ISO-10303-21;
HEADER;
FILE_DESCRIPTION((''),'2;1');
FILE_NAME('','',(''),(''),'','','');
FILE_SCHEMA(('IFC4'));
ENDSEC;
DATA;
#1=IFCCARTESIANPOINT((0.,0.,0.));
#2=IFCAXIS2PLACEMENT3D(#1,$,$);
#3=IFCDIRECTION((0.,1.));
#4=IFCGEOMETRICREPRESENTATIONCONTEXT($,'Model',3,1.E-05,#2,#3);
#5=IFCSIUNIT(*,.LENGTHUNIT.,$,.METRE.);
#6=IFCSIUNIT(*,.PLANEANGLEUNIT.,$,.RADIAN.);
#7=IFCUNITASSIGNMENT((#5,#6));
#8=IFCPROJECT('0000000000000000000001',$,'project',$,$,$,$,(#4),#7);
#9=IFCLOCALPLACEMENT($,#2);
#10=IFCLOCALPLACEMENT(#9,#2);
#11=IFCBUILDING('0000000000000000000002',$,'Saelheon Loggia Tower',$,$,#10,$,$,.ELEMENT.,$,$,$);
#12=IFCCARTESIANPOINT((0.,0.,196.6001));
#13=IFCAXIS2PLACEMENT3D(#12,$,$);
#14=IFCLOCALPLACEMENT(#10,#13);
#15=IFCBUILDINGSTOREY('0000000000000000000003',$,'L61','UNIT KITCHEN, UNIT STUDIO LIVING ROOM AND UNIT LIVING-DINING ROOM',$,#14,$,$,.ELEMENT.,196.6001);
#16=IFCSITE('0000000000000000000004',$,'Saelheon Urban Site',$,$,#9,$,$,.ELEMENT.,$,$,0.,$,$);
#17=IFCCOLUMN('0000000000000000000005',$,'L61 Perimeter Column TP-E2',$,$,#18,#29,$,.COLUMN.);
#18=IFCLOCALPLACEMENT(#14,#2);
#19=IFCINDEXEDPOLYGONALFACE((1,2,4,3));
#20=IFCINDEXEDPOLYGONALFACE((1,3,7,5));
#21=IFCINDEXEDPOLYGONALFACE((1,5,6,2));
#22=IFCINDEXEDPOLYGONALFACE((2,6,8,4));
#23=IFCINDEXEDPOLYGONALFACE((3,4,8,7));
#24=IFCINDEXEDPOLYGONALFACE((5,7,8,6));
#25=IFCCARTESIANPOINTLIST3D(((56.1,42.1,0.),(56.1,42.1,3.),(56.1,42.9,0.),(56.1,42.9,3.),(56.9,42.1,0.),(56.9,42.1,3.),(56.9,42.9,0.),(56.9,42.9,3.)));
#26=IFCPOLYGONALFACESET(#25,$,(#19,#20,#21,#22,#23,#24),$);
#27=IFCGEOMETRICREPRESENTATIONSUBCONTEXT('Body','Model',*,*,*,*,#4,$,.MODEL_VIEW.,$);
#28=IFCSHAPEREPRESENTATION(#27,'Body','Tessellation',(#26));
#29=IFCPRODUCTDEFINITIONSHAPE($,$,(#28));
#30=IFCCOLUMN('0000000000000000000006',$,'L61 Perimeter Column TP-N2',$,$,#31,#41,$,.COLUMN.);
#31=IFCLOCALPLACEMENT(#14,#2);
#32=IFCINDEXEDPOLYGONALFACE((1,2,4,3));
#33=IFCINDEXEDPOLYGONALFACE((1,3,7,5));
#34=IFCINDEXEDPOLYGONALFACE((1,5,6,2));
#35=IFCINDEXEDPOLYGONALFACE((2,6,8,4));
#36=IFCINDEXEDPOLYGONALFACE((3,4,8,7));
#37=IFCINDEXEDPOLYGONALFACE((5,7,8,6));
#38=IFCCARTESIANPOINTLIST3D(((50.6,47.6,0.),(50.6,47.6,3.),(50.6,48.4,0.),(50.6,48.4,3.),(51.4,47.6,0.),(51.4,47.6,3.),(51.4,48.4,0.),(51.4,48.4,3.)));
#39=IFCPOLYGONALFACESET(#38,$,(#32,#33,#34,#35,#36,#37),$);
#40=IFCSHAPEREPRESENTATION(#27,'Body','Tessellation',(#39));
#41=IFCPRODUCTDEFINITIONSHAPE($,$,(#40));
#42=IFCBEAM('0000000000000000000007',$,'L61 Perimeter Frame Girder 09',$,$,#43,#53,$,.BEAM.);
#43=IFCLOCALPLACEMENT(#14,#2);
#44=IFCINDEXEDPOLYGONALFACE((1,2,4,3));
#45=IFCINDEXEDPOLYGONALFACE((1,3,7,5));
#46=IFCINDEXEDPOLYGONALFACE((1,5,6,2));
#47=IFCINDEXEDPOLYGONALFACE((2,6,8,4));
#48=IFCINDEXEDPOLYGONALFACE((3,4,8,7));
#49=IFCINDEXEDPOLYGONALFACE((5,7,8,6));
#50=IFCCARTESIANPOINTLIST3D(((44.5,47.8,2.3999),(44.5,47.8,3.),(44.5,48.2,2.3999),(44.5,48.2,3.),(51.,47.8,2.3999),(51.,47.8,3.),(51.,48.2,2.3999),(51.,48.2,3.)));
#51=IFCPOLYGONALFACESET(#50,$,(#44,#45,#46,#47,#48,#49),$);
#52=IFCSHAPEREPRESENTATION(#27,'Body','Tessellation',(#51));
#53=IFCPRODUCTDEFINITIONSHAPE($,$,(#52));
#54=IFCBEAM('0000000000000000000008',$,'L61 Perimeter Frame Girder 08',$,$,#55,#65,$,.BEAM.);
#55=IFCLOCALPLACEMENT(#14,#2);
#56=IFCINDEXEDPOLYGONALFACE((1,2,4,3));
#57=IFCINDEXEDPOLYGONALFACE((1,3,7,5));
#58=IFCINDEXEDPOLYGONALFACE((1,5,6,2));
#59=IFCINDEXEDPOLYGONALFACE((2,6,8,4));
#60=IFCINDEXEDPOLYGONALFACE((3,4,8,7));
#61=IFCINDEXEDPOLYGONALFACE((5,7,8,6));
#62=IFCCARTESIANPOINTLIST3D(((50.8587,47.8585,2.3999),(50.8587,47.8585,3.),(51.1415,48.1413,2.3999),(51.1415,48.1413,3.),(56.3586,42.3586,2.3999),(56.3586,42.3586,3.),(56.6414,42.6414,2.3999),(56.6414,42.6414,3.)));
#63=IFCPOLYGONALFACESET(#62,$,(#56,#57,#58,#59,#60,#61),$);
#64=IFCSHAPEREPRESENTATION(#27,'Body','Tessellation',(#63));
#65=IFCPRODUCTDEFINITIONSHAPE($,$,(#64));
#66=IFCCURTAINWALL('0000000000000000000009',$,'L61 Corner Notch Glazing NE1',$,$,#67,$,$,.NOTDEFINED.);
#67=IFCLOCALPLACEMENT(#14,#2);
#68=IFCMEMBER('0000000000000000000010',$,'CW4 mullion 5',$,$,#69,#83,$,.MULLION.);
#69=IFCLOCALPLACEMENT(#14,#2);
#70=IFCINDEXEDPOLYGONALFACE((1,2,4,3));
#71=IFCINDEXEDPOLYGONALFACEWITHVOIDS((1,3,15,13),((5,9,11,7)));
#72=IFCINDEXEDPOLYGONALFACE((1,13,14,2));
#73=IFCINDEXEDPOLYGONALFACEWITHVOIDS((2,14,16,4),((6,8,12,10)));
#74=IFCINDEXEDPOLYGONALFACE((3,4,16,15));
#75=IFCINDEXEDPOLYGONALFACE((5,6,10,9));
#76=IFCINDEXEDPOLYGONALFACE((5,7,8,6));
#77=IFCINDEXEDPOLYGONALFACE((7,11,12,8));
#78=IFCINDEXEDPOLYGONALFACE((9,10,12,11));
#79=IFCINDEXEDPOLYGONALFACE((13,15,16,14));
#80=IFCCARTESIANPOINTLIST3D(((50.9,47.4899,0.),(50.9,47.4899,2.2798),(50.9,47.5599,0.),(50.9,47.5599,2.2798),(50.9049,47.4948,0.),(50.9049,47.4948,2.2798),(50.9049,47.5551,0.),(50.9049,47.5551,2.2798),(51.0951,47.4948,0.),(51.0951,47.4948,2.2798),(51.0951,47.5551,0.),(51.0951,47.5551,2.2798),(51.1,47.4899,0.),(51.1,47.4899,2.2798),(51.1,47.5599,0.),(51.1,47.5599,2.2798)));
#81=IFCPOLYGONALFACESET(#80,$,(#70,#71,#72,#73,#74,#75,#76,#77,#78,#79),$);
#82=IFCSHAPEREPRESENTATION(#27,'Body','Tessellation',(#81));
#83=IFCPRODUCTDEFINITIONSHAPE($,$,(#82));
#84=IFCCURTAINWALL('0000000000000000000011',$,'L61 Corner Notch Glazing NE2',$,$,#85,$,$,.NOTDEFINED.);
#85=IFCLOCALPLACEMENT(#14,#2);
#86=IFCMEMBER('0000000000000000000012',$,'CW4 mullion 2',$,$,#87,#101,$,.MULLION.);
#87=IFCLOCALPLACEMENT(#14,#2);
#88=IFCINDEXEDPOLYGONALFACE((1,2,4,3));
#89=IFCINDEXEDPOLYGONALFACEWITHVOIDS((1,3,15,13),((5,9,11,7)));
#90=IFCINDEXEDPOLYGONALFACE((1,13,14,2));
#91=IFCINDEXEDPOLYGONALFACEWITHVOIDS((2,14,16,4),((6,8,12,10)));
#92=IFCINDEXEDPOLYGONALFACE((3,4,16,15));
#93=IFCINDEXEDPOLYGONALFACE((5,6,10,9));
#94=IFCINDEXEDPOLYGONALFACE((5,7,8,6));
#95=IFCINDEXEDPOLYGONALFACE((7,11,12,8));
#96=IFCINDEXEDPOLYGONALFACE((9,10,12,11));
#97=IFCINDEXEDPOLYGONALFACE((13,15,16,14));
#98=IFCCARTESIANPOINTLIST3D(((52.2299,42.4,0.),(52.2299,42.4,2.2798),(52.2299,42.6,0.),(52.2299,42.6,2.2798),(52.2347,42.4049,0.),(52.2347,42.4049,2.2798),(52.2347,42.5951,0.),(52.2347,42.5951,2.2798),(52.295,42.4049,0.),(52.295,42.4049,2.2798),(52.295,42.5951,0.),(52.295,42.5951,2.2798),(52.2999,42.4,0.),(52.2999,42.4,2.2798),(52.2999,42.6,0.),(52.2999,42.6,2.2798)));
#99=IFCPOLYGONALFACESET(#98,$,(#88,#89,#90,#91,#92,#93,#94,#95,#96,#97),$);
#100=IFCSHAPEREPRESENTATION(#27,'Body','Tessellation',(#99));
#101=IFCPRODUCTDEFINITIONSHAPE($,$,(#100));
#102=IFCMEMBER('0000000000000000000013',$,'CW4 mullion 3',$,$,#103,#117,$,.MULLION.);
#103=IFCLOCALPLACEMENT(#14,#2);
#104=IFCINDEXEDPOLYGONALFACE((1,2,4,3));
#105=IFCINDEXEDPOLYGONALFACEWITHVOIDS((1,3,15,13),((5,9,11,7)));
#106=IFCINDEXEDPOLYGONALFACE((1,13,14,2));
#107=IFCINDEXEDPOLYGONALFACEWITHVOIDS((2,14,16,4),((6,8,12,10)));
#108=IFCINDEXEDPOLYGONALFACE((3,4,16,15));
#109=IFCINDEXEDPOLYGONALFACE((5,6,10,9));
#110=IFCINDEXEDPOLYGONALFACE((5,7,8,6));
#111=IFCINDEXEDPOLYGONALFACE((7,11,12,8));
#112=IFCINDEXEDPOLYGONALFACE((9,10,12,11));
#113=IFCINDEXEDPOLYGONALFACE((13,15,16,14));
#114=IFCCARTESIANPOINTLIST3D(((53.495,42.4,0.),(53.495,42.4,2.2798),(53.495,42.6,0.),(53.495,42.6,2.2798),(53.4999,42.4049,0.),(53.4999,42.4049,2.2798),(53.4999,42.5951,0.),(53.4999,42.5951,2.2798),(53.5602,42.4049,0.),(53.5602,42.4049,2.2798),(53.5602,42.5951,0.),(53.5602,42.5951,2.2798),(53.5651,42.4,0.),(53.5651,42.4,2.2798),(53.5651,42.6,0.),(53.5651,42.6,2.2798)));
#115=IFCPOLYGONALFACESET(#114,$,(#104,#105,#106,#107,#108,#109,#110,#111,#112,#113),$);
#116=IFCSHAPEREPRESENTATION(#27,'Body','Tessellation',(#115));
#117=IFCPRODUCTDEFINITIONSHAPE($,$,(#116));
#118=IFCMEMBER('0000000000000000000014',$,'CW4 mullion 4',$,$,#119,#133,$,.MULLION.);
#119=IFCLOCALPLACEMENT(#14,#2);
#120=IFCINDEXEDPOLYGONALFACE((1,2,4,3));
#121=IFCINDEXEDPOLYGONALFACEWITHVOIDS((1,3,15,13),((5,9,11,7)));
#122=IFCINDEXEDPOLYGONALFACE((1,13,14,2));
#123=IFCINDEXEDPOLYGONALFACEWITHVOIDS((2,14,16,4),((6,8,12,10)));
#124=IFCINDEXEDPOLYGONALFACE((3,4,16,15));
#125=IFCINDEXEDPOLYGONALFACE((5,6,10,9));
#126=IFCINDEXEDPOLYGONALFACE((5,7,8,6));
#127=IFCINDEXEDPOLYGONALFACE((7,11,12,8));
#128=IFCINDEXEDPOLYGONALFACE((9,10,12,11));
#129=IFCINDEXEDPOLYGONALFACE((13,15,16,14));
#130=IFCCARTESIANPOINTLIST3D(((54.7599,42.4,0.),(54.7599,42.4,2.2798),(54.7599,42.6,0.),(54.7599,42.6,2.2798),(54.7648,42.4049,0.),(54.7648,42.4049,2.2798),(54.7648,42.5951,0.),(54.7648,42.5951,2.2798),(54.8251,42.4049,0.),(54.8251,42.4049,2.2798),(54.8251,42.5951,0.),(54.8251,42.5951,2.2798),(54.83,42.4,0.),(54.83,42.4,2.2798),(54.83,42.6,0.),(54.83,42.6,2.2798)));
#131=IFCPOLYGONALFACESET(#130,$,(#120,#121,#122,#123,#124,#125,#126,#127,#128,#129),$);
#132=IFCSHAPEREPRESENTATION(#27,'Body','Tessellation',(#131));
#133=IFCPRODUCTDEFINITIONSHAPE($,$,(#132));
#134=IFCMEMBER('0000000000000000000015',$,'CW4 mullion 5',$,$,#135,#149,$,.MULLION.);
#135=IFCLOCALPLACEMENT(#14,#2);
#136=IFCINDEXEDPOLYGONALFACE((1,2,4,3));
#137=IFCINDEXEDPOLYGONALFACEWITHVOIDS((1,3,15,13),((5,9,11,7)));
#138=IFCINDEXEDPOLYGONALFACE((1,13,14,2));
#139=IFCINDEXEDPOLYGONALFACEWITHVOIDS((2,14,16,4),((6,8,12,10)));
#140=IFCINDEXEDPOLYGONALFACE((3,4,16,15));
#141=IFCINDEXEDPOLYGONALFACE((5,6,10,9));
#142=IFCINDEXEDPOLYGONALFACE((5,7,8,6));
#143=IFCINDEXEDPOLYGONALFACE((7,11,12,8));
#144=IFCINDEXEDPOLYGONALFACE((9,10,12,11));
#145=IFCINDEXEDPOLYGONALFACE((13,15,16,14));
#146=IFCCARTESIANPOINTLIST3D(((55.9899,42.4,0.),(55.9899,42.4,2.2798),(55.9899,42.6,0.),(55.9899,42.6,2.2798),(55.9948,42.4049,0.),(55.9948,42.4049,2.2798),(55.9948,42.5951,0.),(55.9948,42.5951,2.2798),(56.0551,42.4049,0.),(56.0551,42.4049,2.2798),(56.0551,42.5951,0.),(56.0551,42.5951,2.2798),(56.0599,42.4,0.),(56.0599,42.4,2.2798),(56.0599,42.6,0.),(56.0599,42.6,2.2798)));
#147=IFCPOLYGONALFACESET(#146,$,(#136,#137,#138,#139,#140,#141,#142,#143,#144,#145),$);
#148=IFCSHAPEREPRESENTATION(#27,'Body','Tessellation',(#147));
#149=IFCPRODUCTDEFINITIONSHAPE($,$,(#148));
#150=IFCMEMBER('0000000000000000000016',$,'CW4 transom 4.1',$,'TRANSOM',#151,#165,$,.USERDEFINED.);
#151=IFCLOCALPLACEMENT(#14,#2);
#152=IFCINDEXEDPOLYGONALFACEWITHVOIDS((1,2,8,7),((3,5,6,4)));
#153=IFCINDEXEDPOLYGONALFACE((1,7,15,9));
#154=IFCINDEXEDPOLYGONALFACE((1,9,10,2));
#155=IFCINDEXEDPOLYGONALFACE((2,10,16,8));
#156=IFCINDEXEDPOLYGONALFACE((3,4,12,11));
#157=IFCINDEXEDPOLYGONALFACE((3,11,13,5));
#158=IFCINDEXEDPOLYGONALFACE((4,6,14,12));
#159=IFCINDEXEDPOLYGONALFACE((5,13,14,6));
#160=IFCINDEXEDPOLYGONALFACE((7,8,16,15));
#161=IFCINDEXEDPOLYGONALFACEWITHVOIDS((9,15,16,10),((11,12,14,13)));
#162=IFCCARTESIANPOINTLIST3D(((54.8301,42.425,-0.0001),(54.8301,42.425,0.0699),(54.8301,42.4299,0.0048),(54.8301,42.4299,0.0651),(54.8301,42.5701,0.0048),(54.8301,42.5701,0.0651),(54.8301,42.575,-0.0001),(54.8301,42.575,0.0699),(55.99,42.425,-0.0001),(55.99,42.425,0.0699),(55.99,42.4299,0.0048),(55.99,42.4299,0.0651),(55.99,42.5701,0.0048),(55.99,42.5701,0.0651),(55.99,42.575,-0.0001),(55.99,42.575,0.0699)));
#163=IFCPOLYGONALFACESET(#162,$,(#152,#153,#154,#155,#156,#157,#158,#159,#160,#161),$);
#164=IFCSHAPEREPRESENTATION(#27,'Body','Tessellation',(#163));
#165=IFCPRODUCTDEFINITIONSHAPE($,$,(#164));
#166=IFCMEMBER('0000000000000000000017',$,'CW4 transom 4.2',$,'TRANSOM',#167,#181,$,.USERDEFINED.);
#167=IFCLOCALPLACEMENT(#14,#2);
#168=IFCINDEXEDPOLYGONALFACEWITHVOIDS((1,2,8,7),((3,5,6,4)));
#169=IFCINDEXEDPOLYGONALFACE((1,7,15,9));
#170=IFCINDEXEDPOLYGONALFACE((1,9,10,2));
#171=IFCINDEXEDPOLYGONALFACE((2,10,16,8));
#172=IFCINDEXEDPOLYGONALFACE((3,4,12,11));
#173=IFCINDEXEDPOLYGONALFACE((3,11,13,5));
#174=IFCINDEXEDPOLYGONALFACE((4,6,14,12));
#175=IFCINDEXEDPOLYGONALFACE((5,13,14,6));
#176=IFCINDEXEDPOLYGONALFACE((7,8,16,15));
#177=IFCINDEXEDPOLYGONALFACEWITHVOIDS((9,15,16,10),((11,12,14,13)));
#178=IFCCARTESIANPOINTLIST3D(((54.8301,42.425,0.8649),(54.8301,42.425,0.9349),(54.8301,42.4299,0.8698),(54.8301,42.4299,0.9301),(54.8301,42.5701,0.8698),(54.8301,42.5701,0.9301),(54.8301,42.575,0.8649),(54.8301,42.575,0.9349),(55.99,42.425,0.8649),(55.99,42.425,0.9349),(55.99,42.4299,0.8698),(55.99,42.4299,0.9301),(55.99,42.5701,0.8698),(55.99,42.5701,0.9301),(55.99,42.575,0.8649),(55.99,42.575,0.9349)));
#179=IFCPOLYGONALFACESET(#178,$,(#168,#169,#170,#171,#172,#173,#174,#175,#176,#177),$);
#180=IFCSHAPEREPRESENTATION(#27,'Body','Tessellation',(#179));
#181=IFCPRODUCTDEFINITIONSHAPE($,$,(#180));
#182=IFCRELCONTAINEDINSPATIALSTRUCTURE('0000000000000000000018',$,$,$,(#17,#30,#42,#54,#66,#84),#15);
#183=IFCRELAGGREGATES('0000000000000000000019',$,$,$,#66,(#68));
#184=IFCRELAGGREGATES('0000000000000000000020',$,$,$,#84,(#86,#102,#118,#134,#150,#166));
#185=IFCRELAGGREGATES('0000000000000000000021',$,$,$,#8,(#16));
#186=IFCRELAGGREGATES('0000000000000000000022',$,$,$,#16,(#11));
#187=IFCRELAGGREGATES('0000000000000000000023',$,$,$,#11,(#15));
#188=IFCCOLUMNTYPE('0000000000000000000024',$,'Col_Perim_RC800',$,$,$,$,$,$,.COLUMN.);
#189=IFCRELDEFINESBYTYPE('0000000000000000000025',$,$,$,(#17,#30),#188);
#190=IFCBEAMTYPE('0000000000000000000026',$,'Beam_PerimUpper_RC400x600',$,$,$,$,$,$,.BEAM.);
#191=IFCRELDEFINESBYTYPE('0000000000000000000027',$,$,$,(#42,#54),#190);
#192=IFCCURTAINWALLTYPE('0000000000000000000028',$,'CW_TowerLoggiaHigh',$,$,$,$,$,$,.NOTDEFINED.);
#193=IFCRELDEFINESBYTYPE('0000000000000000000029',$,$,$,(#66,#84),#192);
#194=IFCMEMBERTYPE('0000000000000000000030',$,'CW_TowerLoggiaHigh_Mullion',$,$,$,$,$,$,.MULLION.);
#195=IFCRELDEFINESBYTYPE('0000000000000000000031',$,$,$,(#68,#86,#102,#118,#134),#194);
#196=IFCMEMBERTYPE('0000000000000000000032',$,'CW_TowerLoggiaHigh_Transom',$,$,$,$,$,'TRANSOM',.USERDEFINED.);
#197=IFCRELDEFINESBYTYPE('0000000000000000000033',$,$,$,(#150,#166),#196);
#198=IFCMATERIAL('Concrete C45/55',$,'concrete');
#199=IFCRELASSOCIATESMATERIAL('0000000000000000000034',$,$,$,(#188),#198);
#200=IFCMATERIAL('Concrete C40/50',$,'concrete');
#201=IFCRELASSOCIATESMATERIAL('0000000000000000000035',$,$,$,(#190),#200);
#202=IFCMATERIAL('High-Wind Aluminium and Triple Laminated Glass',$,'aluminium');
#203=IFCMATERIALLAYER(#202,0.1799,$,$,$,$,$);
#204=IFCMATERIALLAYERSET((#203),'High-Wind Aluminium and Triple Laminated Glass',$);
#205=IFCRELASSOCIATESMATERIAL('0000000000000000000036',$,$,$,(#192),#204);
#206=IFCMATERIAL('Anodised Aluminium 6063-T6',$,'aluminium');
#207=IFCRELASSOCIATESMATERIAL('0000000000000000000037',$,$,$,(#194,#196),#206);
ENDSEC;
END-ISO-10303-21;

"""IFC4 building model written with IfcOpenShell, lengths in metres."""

from ifc_helpers import new_model, si_unit, direction, frame, origin, origin_2d, place, context, subcontext, project, spatial, rectangle, hollow_rectangle, extrude, source, transform, mapped, material, layer, layer_set, material_profile, profile_set, type_object, element, aggregate, save


model = new_model("IFC4")

# Units and contexts
model_context = context("Model", 3, precision=1e-05, world=origin(), true_north=direction((0.0, 1.0)))
body_context = subcontext(model_context, "Body", "Model", "MODEL_VIEW")
ifc_project = project(units=[si_unit("LENGTHUNIT", "METRE"), si_unit("PLANEANGLEUNIT", "RADIAN")], contexts=[model_context])

# Site, building, storey
site_placement = place(None, origin())
site = spatial("IfcSite", under=ifc_project, at=site_placement, Name="Saelheon Urban Site", CompositionType="ELEMENT", RefElevation=0.0)
building_placement = place(site_placement, origin())
building = spatial("IfcBuilding", under=site, at=building_placement, Name="Saelheon Loggia Tower", CompositionType="ELEMENT")
storey_placement = place(building_placement, frame((0.0, 0.0, 196.6001)))
storey = spatial("IfcBuildingStorey", under=building, at=storey_placement, Name="L61", Description="UNIT KITCHEN, UNIT STUDIO LIVING ROOM AND UNIT LIVING-DINING ROOM", CompositionType="ELEMENT", Elevation=196.6001)

# Columns
ifc_material_1 = material(Name="Concrete C45/55", Category="concrete")
ifc_material_profile_1 = material_profile(ifc_material_1, rectangle(XDim=0.8, YDim=0.8, at=origin_2d()), Name="RC-800x800")
ifc_profile_set_1 = profile_set([ifc_material_profile_1], Name="Concrete C45/55")
column_type = type_object("IfcColumnType", Name="Col_Perim_RC800", PredefinedType="COLUMN", material=ifc_profile_set_1)
shared_shape_1 = source(origin(), body_context, "Body", "SweptSolid", [
    extrude(rectangle(XDim=0.8, YDim=0.8, at=origin_2d()), origin(), (0.0, 0.0, 1.0), 3.0),
])
for number, where, z_axis, x_axis, name in (
    (1, (56.5, 42.5, 0.0), (0.0, 0.0, 1.0), (1.0, 0.0, 0.0), "L61 Perimeter Column TP-E2"),
    (2, (51.0, 48.0, 0.0), (0.0, 0.0, 1.0), (1.0, 0.0, 0.0), "L61 Perimeter Column TP-N2"),
):
    element("IfcColumn", number, at=place(storey_placement, frame(where, z_axis=z_axis, x_axis=x_axis)), inside=storey, type_object=column_type, Name=name, PredefinedType="COLUMN", context=body_context, shape_type="MappedRepresentation", body=[
        mapped(shared_shape_1, transform((0.0, 0.0, 0.0), scale=1.0)),
    ])

# Beams
ifc_material_2 = material(Name="Concrete C40/50", Category="concrete")
ifc_material_profile_2 = material_profile(ifc_material_2, rectangle(XDim=0.3999, YDim=0.6001, at=origin_2d()), Name="RC-400x600")
ifc_profile_set_2 = profile_set([ifc_material_profile_2], Name="Concrete C40/50")
beam_type = type_object("IfcBeamType", Name="Beam_PerimUpper_RC400x600", PredefinedType="BEAM", material=ifc_profile_set_2)
shared_shape_2 = source(origin(), body_context, "Body", "SweptSolid", [
    extrude(rectangle(XDim=0.3999, YDim=0.6001, at=origin_2d()), origin(), (0.0, 0.0, 1.0), 6.5),
])
beam_1_placement = place(storey_placement, frame((51.0, 48.0, 2.7), z_axis=(-1.0, 0.0, 0.0), x_axis=(0.0, -1.0, 0.0)))
element("IfcBeam", 3, at=beam_1_placement, inside=storey, type_object=beam_type, Name="L61 Perimeter Frame Girder 09", PredefinedType="BEAM", context=body_context, shape_type="MappedRepresentation", body=[
    mapped(shared_shape_2, transform((0.0, 0.0, 0.0), scale=1.0)),
])
shared_shape_3 = source(origin(), body_context, "Body", "SweptSolid", [
    extrude(rectangle(XDim=0.3999, YDim=0.6001, at=origin_2d()), origin(), (0.0, 0.0, 1.0), 7.7781),
])
beam_2_placement = place(storey_placement, frame((56.5, 42.5, 2.7), z_axis=(-0.707107, 0.707107, 0.0), x_axis=(-0.707107, -0.707107, 0.0)))
element("IfcBeam", 4, at=beam_2_placement, inside=storey, type_object=beam_type, Name="L61 Perimeter Frame Girder 08", PredefinedType="BEAM", context=body_context, shape_type="MappedRepresentation", body=[
    mapped(shared_shape_3, transform((0.0, 0.0, 0.0), scale=1.0)),
])

# Curtain wall, member
ifc_material_3 = material(Name="High-Wind Aluminium and Triple Laminated Glass", Category="aluminium")
ifc_layer_1 = layer(ifc_material_3, 0.1799)
ifc_layer_set_1 = layer_set([ifc_layer_1], Name="High-Wind Aluminium and Triple Laminated Glass")
curtain_wall_type = type_object("IfcCurtainWallType", Name="CW_TowerLoggiaHigh", PredefinedType="NOTDEFINED", material=ifc_layer_set_1)
curtain_wall_1_placement = place(storey_placement, origin())
curtain_wall_1 = element("IfcCurtainWall", 5, at=curtain_wall_1_placement, inside=storey, type_object=curtain_wall_type, Name="L61 Corner Notch Glazing NE1", PredefinedType="NOTDEFINED")
ifc_material_4 = material(Name="Anodised Aluminium 6063-T6", Category="aluminium")
ifc_material_profile_3 = material_profile(ifc_material_4, hollow_rectangle(XDim=0.0701, YDim=0.2, WallThickness=0.0049, at=origin_2d()), Name="RHS-200x70x5")
ifc_profile_set_3 = profile_set([ifc_material_profile_3], Name="Anodised Aluminium 6063-T6")
member_type_1 = type_object("IfcMemberType", Name="CW_TowerLoggiaHigh_Mullion", PredefinedType="MULLION", material=ifc_profile_set_3)
shared_shape_4 = source(origin(), body_context, "Body", "SweptSolid", [
    extrude(hollow_rectangle(XDim=0.0701, YDim=0.2, WallThickness=0.0049, at=origin_2d()), origin(), (0.0, 0.0, 1.0), 2.2798),
])
member_1_placement = place(storey_placement, frame((51.0, 47.5249, 0.0), z_axis=(0.0, 0.0, 1.0), x_axis=(0.0, 1.0, 0.0)))
member_1 = element("IfcMember", 6, at=member_1_placement, type_object=member_type_1, Name="CW4 mullion 5", PredefinedType="MULLION", context=body_context, shape_type="MappedRepresentation", body=[
    mapped(shared_shape_4, transform((0.0, 0.0, 0.0), scale=1.0)),
])

# Curtain wall, members
curtain_wall_2_placement = place(storey_placement, origin())
curtain_wall_2 = element("IfcCurtainWall", 7, at=curtain_wall_2_placement, inside=storey, type_object=curtain_wall_type, Name="L61 Corner Notch Glazing NE2", PredefinedType="NOTDEFINED")
member_2_placement = place(storey_placement, frame((52.2649, 42.5, 0.0), z_axis=(0.0, 0.0, 1.0), x_axis=(1.0, 0.0, 0.0)))
member_2 = element("IfcMember", 8, at=member_2_placement, type_object=member_type_1, Name="CW4 mullion 2", PredefinedType="MULLION", context=body_context, shape_type="MappedRepresentation", body=[
    mapped(shared_shape_4, transform((0.0, 0.0, 0.0), scale=1.0)),
])
member_3_placement = place(storey_placement, frame((53.53, 42.5, 0.0), z_axis=(0.0, 0.0, 1.0), x_axis=(1.0, 0.0, 0.0)))
member_3 = element("IfcMember", 9, at=member_3_placement, type_object=member_type_1, Name="CW4 mullion 3", PredefinedType="MULLION", context=body_context, shape_type="MappedRepresentation", body=[
    mapped(shared_shape_4, transform((0.0, 0.0, 0.0), scale=1.0)),
])
member_4_placement = place(storey_placement, frame((54.7949, 42.5, 0.0), z_axis=(0.0, 0.0, 1.0), x_axis=(1.0, 0.0, 0.0)))
member_4 = element("IfcMember", 10, at=member_4_placement, type_object=member_type_1, Name="CW4 mullion 4", PredefinedType="MULLION", context=body_context, shape_type="MappedRepresentation", body=[
    mapped(shared_shape_4, transform((0.0, 0.0, 0.0), scale=1.0)),
])
member_5_placement = place(storey_placement, frame((56.0249, 42.5, 0.0), z_axis=(0.0, 0.0, 1.0), x_axis=(1.0, 0.0, 0.0)))
member_5 = element("IfcMember", 11, at=member_5_placement, type_object=member_type_1, Name="CW4 mullion 5", PredefinedType="MULLION", context=body_context, shape_type="MappedRepresentation", body=[
    mapped(shared_shape_4, transform((0.0, 0.0, 0.0), scale=1.0)),
])
ifc_material_profile_4 = material_profile(ifc_material_4, hollow_rectangle(XDim=0.0701, YDim=0.1499, WallThickness=0.0049, at=origin_2d()), Name="RHS-150x70x5")
ifc_profile_set_4 = profile_set([ifc_material_profile_4], Name="Anodised Aluminium 6063-T6")
member_type_2 = type_object("IfcMemberType", Name="CW_TowerLoggiaHigh_Transom", ElementType="TRANSOM", PredefinedType="USERDEFINED", material=ifc_profile_set_4)
shared_shape_5 = source(origin(), body_context, "Body", "SweptSolid", [
    extrude(hollow_rectangle(XDim=0.0701, YDim=0.1499, WallThickness=0.0049, at=origin_2d()), origin(), (0.0, 0.0, 1.0), 1.1599),
])
member_6_placement = place(storey_placement, frame((54.8301, 42.5, 0.0349), z_axis=(1.0, 0.0, 0.0), x_axis=(0.0, 0.0, 1.0)))
member_6 = element("IfcMember", 12, at=member_6_placement, type_object=member_type_2, Name="CW4 transom 4.1", ObjectType="TRANSOM", PredefinedType="USERDEFINED", context=body_context, shape_type="MappedRepresentation", body=[
    mapped(shared_shape_5, transform((0.0, 0.0, 0.0), scale=1.0)),
])
member_7_placement = place(storey_placement, frame((54.8301, 42.5, 0.8999), z_axis=(1.0, 0.0, 0.0), x_axis=(0.0, 0.0, 1.0)))
member_7 = element("IfcMember", 13, at=member_7_placement, type_object=member_type_2, Name="CW4 transom 4.2", ObjectType="TRANSOM", PredefinedType="USERDEFINED", context=body_context, shape_type="MappedRepresentation", body=[
    mapped(shared_shape_5, transform((0.0, 0.0, 0.0), scale=1.0)),
])

aggregate(curtain_wall_1, [member_1])
aggregate(curtain_wall_2, [member_2, member_3, member_4, member_5, member_6, member_7])

save(model, "model.ifc")
